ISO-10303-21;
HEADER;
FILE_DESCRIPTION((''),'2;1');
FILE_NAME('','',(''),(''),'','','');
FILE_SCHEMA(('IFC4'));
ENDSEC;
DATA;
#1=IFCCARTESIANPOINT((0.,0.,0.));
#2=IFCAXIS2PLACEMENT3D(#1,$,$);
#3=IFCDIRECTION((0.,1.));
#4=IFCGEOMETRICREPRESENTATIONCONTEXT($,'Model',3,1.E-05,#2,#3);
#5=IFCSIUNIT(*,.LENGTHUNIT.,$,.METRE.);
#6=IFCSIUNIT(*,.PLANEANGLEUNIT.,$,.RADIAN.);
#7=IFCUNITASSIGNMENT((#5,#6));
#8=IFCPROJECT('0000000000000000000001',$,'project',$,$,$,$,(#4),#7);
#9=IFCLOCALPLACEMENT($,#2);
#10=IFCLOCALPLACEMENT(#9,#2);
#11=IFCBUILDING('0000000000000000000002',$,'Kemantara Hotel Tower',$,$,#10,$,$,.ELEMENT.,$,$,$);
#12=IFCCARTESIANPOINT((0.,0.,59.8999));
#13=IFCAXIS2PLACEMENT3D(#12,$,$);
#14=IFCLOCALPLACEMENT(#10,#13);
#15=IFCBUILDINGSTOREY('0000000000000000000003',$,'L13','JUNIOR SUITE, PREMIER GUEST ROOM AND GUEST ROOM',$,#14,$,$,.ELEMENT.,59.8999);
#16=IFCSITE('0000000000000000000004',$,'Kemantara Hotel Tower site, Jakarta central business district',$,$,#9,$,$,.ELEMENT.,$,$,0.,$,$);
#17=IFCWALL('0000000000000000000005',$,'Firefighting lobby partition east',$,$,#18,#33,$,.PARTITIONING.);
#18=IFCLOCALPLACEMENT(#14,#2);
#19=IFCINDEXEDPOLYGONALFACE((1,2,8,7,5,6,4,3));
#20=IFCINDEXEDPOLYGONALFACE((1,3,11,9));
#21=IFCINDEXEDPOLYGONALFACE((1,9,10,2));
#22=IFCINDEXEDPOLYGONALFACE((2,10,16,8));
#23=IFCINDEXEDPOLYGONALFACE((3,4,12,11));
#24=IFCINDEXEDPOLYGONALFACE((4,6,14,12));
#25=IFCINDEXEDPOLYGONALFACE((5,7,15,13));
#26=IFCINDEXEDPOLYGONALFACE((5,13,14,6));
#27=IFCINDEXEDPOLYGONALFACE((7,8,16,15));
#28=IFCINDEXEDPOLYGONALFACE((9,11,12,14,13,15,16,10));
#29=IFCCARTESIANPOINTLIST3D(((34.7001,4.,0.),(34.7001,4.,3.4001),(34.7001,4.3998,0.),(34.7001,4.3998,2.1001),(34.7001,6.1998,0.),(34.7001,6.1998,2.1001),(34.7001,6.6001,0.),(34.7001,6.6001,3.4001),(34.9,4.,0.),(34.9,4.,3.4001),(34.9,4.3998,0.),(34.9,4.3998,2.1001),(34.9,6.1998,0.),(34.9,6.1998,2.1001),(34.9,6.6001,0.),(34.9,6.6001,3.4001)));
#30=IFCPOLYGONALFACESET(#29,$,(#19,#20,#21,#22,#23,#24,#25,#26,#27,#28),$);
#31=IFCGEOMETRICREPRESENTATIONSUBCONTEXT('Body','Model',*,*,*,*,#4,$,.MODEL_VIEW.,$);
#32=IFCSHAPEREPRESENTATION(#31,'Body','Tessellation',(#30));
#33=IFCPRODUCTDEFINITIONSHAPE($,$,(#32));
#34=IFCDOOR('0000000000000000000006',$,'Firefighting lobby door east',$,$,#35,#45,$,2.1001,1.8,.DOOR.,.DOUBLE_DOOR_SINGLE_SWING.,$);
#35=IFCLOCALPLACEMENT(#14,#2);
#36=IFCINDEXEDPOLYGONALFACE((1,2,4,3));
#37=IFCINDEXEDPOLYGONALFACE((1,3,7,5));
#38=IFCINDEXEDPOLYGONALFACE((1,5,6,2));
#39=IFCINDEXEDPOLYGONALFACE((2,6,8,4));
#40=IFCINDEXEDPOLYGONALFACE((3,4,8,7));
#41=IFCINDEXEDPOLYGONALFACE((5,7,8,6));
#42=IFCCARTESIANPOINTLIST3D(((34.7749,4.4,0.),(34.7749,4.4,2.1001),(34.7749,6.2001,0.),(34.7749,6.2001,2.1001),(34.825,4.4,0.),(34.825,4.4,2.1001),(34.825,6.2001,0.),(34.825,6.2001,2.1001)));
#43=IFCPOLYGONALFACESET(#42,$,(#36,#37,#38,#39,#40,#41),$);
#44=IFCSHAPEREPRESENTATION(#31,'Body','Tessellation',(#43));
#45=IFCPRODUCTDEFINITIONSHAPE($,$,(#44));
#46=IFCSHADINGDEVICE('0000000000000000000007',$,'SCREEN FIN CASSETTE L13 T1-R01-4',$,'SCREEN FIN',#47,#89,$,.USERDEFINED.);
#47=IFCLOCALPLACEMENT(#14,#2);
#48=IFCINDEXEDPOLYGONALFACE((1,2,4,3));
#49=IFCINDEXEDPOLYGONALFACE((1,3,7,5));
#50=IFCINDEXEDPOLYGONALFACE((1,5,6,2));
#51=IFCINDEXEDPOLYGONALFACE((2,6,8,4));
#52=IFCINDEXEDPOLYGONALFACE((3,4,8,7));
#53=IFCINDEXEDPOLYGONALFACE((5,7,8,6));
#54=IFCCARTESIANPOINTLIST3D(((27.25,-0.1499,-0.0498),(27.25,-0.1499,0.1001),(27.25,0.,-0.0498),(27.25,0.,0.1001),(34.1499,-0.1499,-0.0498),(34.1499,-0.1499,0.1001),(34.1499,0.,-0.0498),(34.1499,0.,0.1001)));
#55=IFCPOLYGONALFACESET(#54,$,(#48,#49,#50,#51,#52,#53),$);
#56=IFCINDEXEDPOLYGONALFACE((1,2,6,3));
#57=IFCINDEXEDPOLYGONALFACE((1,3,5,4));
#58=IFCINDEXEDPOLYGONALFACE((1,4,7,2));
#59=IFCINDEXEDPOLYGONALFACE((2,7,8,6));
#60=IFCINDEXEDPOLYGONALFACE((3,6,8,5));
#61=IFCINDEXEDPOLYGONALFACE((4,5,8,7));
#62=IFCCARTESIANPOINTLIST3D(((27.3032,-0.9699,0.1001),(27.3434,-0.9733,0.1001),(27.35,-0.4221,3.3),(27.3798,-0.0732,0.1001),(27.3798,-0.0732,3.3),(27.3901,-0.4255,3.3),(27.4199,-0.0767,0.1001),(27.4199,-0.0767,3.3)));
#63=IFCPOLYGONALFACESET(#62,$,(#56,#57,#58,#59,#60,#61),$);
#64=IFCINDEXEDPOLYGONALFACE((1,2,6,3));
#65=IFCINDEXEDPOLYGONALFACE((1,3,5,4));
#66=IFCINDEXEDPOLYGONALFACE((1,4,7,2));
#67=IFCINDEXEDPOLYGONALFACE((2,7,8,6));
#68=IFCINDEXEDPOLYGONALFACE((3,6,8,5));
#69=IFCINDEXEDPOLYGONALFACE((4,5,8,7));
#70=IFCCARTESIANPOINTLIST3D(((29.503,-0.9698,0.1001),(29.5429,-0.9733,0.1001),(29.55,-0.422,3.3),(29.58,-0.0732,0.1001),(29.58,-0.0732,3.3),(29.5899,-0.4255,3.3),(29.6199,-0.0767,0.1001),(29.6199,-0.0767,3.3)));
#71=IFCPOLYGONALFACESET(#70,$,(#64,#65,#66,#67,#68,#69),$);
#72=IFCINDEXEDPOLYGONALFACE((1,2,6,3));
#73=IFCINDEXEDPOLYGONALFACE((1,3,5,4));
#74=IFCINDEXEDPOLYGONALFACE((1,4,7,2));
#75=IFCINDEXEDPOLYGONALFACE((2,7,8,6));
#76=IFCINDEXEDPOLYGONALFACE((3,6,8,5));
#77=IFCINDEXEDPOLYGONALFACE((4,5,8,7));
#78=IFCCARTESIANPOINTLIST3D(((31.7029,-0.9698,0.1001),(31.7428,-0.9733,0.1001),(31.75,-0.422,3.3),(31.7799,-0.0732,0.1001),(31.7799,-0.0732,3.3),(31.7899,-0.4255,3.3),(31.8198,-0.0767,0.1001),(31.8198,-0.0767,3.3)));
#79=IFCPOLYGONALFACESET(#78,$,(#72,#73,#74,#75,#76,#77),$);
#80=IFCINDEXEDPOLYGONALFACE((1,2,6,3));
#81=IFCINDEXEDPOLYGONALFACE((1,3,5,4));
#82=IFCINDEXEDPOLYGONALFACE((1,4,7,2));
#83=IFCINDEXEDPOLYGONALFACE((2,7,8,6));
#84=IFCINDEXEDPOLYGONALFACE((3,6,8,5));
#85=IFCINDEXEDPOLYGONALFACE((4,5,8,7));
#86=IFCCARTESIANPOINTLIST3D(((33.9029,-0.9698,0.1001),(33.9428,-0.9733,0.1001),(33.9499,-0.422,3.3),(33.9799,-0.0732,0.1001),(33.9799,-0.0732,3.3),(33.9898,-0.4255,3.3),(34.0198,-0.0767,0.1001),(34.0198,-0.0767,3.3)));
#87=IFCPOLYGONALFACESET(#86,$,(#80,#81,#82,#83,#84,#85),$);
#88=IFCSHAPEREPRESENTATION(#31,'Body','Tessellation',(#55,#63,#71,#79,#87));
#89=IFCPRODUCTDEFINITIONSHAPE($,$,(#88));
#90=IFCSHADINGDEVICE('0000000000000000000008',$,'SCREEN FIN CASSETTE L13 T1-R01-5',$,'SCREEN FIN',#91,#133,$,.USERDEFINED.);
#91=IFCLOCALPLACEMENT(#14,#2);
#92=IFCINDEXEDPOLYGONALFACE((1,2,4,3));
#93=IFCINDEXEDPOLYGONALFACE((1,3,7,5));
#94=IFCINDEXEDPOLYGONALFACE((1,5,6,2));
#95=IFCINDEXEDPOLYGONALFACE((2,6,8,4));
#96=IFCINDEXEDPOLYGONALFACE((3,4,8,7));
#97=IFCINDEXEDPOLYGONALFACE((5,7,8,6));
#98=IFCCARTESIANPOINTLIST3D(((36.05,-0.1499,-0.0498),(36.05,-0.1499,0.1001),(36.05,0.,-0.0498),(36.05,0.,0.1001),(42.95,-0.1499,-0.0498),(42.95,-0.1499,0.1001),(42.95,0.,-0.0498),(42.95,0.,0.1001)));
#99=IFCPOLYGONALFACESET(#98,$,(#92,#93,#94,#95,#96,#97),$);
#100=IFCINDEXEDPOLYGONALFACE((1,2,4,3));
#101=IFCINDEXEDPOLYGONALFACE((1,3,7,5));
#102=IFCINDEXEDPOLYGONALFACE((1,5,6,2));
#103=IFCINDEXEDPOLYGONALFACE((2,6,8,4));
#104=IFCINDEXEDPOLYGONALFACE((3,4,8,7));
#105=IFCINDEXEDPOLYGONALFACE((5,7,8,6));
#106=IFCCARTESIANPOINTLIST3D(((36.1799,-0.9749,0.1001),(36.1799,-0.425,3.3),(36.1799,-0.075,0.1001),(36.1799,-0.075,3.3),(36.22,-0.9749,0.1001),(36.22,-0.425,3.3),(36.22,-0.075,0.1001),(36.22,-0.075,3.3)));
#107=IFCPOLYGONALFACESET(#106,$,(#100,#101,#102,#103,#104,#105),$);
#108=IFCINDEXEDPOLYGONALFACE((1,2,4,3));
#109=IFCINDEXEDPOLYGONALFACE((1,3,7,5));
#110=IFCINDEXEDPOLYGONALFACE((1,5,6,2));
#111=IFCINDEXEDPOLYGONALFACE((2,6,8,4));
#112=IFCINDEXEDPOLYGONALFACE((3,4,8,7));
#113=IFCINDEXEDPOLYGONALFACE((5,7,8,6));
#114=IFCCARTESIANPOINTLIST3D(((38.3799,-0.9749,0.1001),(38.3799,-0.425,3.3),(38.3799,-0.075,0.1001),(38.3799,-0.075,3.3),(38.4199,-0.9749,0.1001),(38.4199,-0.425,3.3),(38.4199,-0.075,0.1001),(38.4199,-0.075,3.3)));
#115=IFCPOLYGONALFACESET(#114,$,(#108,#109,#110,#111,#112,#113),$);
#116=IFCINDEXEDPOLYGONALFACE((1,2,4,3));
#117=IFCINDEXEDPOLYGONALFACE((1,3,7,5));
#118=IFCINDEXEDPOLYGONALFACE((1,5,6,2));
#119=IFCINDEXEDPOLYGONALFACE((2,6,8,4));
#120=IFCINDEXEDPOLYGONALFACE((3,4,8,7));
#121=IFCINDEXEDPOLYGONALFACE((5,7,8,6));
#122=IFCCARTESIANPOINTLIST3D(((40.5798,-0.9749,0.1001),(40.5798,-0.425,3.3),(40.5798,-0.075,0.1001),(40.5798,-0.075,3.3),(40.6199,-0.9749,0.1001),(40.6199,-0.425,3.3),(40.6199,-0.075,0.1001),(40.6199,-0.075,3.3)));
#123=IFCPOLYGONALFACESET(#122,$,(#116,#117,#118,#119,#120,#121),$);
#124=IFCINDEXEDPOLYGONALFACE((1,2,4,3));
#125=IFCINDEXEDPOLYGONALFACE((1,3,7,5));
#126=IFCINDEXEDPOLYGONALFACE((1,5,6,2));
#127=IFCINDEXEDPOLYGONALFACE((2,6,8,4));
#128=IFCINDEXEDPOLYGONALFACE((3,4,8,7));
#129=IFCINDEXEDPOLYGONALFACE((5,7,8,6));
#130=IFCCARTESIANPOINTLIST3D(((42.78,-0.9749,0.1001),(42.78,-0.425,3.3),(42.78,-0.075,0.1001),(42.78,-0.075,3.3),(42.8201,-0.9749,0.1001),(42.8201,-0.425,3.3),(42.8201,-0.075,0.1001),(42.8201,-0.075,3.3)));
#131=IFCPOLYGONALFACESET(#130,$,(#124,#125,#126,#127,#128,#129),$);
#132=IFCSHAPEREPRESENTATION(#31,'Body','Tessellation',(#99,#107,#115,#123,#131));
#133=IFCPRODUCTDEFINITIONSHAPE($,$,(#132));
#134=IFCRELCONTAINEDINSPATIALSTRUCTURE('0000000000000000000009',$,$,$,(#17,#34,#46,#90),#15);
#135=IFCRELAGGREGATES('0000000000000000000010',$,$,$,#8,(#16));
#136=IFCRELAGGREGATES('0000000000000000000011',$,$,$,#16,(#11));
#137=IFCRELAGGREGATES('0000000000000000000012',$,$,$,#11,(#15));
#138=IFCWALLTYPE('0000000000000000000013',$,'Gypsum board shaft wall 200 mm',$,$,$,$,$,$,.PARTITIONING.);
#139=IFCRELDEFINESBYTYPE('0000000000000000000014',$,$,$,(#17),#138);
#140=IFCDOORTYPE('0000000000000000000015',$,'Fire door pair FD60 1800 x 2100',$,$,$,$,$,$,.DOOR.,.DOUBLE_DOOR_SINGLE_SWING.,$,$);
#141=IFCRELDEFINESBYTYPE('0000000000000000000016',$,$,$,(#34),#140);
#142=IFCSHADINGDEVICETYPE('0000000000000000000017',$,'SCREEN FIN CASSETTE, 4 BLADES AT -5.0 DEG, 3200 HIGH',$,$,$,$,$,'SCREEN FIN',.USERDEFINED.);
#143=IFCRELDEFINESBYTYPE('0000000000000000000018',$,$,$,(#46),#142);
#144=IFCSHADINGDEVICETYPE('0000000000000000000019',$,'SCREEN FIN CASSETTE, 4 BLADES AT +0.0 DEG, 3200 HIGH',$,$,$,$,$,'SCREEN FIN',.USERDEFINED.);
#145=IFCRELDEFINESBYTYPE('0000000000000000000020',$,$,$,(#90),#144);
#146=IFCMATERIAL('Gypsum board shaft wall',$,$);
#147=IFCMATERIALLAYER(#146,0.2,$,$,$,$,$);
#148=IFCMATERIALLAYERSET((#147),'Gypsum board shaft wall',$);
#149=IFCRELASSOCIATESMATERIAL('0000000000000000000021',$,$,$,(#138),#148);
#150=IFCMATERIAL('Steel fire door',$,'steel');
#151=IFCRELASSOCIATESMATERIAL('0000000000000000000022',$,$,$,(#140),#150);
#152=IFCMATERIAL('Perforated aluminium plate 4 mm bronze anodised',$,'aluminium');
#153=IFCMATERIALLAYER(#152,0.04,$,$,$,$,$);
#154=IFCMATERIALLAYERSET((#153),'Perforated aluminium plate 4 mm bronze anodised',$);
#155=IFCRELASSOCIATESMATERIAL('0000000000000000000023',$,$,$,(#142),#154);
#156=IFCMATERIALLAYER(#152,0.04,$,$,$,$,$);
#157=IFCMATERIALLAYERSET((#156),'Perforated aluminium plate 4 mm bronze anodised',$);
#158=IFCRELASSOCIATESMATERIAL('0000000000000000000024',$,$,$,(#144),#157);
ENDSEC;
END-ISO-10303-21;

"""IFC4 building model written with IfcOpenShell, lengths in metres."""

from ifc_helpers import new_model, si_unit, direction, frame, frame_2d, origin, origin_2d, place, context, subcontext, project, spatial, polyline, rectangle, outline, extrude, source, transform, mapped, material, layer, layer_set, type_object, element, fill, save


model = new_model("IFC4")

# Units and contexts
model_context = context("Model", 3, precision=1e-05, world=origin(), true_north=direction((0.0, 1.0)))
body_context = subcontext(model_context, "Body", "Model", "MODEL_VIEW")
ifc_project = project(units=[si_unit("LENGTHUNIT", "METRE"), si_unit("PLANEANGLEUNIT", "RADIAN")], contexts=[model_context])

# Site, building, storey
site_placement = place(None, origin())
site = spatial("IfcSite", under=ifc_project, at=site_placement, Name="Kemantara Hotel Tower site, Jakarta central business district", CompositionType="ELEMENT", RefElevation=0.0)
building_placement = place(site_placement, origin())
building = spatial("IfcBuilding", under=site, at=building_placement, Name="Kemantara Hotel Tower", CompositionType="ELEMENT")
storey_placement = place(building_placement, frame((0.0, 0.0, 59.8999)))
storey = spatial("IfcBuildingStorey", under=building, at=storey_placement, Name="L13", Description="JUNIOR SUITE, PREMIER GUEST ROOM AND GUEST ROOM", CompositionType="ELEMENT", Elevation=59.8999)

# Shared definitions
ifc_material_1 = material(Name="Steel fire door", Category="steel")

# Wall, opening, door
ifc_material_2 = material(Name="Gypsum board shaft wall")
ifc_layer_1 = layer(ifc_material_2, 0.2)
ifc_layer_set_1 = layer_set([ifc_layer_1], Name="Gypsum board shaft wall")
wall_type_1 = type_object("IfcWallType", Name="Gypsum board shaft wall 200 mm", PredefinedType="PARTITIONING", material=ifc_layer_set_1)
wall_1_placement = place(storey_placement, frame((34.8, 4.0, 0.0), z_axis=(0.0, 0.0, 1.0), x_axis=(0.0, 1.0, 0.0)))
wall_1 = element("IfcWall", 1, at=wall_1_placement, inside=storey, type_object=wall_type_1, Name="Firefighting lobby partition east", PredefinedType="PARTITIONING", context=body_context, shape_type="SweptSolid", body=[
    extrude(rectangle(XDim=2.6001, YDim=0.2, at=frame_2d((1.3, 0.0))), origin(), (0.0, 0.0, 1.0), 3.4001),
])
opening_1_placement = place(wall_1_placement, frame((0.3999, 0.0, 0.0)))
opening_1 = element("IfcOpeningElement", 2, at=opening_1_placement, cuts=wall_1, PredefinedType="OPENING", context=body_context, shape_type="SweptSolid", body=[
    extrude(rectangle(XDim=1.8, YDim=2.1001, at=frame_2d((0.8999, 1.05))), frame((0.0, 0.1099, 0.0), z_axis=(0.0, -1.0, 0.0), x_axis=(1.0, 0.0, 0.0)), (0.0, 0.0, 1.0), 0.22),
])
door_type_1 = type_object("IfcDoorType", Name="Fire door pair FD60 1800 x 2100", OperationType="DOUBLE_DOOR_SINGLE_SWING", PredefinedType="DOOR", material=ifc_material_1)
door_1_placement = place(opening_1_placement, frame((1.8, 0.0, 0.0), z_axis=(0.0, 0.0, 1.0), x_axis=(-1.0, 0.0, 0.0)))
door_1 = element("IfcDoor", 3, at=door_1_placement, inside=storey, type_object=door_type_1, Name="Firefighting lobby door east", OperationType="DOUBLE_DOOR_SINGLE_SWING", OverallHeight=2.1001, OverallWidth=1.8, PredefinedType="DOOR", context=body_context, shape_type="SweptSolid", body=[
    extrude(rectangle(XDim=1.8, YDim=2.1001, at=frame_2d((0.8999, 1.05))), frame((0.0, 0.0249, 0.0), z_axis=(0.0, -1.0, 0.0), x_axis=(1.0, 0.0, 0.0)), (0.0, 0.0, 1.0), 0.05),
])
fill(opening_1, door_1)

# Shading devices
ifc_material_3 = material(Name="Perforated aluminium plate 4 mm bronze anodised", Category="aluminium")
ifc_layer_2 = layer(ifc_material_3, 0.04)
ifc_layer_set_2 = layer_set([ifc_layer_2], Name="Perforated aluminium plate 4 mm bronze anodised")
shading_device_type_1 = type_object("IfcShadingDeviceType", Name="SCREEN FIN CASSETTE, 4 BLADES AT -5.0 DEG, 3200 HIGH", ElementType="SCREEN FIN", PredefinedType="USERDEFINED", material=ifc_layer_set_2)
shared_shape_1 = source(origin(), body_context, "Body", "SweptSolid", [
    extrude(rectangle(XDim=6.8999, YDim=0.1499, at=origin_2d()), frame((3.3, -0.075, -0.1499), z_axis=(0.0, 0.0, 1.0), x_axis=(1.0, 0.0, 0.0)), (0.0, 0.0, 1.0), 0.1499),
    extrude(outline(polyline([(0.0, 0.0), (0.8999, 0.0), (0.3501, 3.2), (0.0, 3.2), (0.0, 0.0)])), frame((0.02, -0.0767, 0.0), z_axis=(-0.996376, 0.085056, 0.0), x_axis=(-0.085056, -0.996376, 0.0)), (0.0, 0.0, 1.0), 0.0403),
    extrude(outline(polyline([(0.0, 0.0), (0.8999, 0.0), (0.3501, 3.2), (0.0, 3.2), (0.0, 0.0)])), frame((2.22, -0.0767, 0.0), z_axis=(-0.996332, 0.085575, 0.0), x_axis=(-0.085575, -0.996332, 0.0)), (0.0, 0.0, 1.0), 0.04),
    extrude(outline(polyline([(0.0, 0.0), (0.8999, 0.0), (0.3501, 3.2), (0.0, 3.2), (0.0, 0.0)])), frame((4.4199, -0.0767, 0.0), z_axis=(-0.996332, 0.085575, 0.0), x_axis=(-0.085575, -0.996332, 0.0)), (0.0, 0.0, 1.0), 0.04),
    extrude(outline(polyline([(0.0, 0.0), (0.8999, 0.0), (0.3501, 3.2), (0.0, 3.2), (0.0, 0.0)])), frame((6.6199, -0.0767, 0.0), z_axis=(-0.996332, 0.085575, 0.0), x_axis=(-0.085575, -0.996332, 0.0)), (0.0, 0.0, 1.0), 0.04),
])
shading_device_1_placement = place(storey_placement, frame((27.3999, 0.0, 0.1001), z_axis=(0.0, 0.0, 1.0), x_axis=(1.0, 0.0, 0.0)))
element("IfcShadingDevice", 4, at=shading_device_1_placement, inside=storey, type_object=shading_device_type_1, Name="SCREEN FIN CASSETTE L13 T1-R01-4", ObjectType="SCREEN FIN", PredefinedType="USERDEFINED", context=body_context, shape_type="MappedRepresentation", body=[
    mapped(shared_shape_1, transform((0.0, 0.0, 0.0))),
])
ifc_layer_3 = layer(ifc_material_3, 0.04)
ifc_layer_set_3 = layer_set([ifc_layer_3], Name="Perforated aluminium plate 4 mm bronze anodised")
shading_device_type_2 = type_object("IfcShadingDeviceType", Name="SCREEN FIN CASSETTE, 4 BLADES AT +0.0 DEG, 3200 HIGH", ElementType="SCREEN FIN", PredefinedType="USERDEFINED", material=ifc_layer_set_3)
shared_shape_2 = source(origin(), body_context, "Body", "SweptSolid", [
    extrude(rectangle(XDim=6.8999, YDim=0.1499, at=origin_2d()), frame((3.3, -0.075, -0.1499), z_axis=(0.0, 0.0, 1.0), x_axis=(1.0, 0.0, 0.0)), (0.0, 0.0, 1.0), 0.1499),
    extrude(outline(polyline([(0.0, 0.0), (0.8999, 0.0), (0.3501, 3.2), (0.0, 3.2), (0.0, 0.0)])), frame((0.02, -0.075, 0.0), z_axis=(-1.0, 0.0, 0.0), x_axis=(0.0, -1.0, 0.0)), (0.0, 0.0, 1.0), 0.04),
    extrude(outline(polyline([(0.0, 0.0), (0.8999, 0.0), (0.3501, 3.2), (0.0, 3.2), (0.0, 0.0)])), frame((2.22, -0.075, 0.0), z_axis=(-1.0, 0.0, 0.0), x_axis=(0.0, -1.0, 0.0)), (0.0, 0.0, 1.0), 0.04),
    extrude(outline(polyline([(0.0, 0.0), (0.8999, 0.0), (0.3501, 3.2), (0.0, 3.2), (0.0, 0.0)])), frame((4.4199, -0.075, 0.0), z_axis=(-1.0, 0.0, 0.0), x_axis=(0.0, -1.0, 0.0)), (0.0, 0.0, 1.0), 0.04),
    extrude(outline(polyline([(0.0, 0.0), (0.8999, 0.0), (0.3501, 3.2), (0.0, 3.2), (0.0, 0.0)])), frame((6.6201, -0.075, 0.0), z_axis=(-1.0, 0.0, 0.0), x_axis=(0.0, -1.0, 0.0)), (0.0, 0.0, 1.0), 0.04),
])
shading_device_2_placement = place(storey_placement, frame((36.2, 0.0, 0.1001), z_axis=(0.0, 0.0, 1.0), x_axis=(1.0, 0.0, 0.0)))
element("IfcShadingDevice", 5, at=shading_device_2_placement, inside=storey, type_object=shading_device_type_2, Name="SCREEN FIN CASSETTE L13 T1-R01-5", ObjectType="SCREEN FIN", PredefinedType="USERDEFINED", context=body_context, shape_type="MappedRepresentation", body=[
    mapped(shared_shape_2, transform((0.0, 0.0, 0.0))),
])

save(model, "model.ifc")
